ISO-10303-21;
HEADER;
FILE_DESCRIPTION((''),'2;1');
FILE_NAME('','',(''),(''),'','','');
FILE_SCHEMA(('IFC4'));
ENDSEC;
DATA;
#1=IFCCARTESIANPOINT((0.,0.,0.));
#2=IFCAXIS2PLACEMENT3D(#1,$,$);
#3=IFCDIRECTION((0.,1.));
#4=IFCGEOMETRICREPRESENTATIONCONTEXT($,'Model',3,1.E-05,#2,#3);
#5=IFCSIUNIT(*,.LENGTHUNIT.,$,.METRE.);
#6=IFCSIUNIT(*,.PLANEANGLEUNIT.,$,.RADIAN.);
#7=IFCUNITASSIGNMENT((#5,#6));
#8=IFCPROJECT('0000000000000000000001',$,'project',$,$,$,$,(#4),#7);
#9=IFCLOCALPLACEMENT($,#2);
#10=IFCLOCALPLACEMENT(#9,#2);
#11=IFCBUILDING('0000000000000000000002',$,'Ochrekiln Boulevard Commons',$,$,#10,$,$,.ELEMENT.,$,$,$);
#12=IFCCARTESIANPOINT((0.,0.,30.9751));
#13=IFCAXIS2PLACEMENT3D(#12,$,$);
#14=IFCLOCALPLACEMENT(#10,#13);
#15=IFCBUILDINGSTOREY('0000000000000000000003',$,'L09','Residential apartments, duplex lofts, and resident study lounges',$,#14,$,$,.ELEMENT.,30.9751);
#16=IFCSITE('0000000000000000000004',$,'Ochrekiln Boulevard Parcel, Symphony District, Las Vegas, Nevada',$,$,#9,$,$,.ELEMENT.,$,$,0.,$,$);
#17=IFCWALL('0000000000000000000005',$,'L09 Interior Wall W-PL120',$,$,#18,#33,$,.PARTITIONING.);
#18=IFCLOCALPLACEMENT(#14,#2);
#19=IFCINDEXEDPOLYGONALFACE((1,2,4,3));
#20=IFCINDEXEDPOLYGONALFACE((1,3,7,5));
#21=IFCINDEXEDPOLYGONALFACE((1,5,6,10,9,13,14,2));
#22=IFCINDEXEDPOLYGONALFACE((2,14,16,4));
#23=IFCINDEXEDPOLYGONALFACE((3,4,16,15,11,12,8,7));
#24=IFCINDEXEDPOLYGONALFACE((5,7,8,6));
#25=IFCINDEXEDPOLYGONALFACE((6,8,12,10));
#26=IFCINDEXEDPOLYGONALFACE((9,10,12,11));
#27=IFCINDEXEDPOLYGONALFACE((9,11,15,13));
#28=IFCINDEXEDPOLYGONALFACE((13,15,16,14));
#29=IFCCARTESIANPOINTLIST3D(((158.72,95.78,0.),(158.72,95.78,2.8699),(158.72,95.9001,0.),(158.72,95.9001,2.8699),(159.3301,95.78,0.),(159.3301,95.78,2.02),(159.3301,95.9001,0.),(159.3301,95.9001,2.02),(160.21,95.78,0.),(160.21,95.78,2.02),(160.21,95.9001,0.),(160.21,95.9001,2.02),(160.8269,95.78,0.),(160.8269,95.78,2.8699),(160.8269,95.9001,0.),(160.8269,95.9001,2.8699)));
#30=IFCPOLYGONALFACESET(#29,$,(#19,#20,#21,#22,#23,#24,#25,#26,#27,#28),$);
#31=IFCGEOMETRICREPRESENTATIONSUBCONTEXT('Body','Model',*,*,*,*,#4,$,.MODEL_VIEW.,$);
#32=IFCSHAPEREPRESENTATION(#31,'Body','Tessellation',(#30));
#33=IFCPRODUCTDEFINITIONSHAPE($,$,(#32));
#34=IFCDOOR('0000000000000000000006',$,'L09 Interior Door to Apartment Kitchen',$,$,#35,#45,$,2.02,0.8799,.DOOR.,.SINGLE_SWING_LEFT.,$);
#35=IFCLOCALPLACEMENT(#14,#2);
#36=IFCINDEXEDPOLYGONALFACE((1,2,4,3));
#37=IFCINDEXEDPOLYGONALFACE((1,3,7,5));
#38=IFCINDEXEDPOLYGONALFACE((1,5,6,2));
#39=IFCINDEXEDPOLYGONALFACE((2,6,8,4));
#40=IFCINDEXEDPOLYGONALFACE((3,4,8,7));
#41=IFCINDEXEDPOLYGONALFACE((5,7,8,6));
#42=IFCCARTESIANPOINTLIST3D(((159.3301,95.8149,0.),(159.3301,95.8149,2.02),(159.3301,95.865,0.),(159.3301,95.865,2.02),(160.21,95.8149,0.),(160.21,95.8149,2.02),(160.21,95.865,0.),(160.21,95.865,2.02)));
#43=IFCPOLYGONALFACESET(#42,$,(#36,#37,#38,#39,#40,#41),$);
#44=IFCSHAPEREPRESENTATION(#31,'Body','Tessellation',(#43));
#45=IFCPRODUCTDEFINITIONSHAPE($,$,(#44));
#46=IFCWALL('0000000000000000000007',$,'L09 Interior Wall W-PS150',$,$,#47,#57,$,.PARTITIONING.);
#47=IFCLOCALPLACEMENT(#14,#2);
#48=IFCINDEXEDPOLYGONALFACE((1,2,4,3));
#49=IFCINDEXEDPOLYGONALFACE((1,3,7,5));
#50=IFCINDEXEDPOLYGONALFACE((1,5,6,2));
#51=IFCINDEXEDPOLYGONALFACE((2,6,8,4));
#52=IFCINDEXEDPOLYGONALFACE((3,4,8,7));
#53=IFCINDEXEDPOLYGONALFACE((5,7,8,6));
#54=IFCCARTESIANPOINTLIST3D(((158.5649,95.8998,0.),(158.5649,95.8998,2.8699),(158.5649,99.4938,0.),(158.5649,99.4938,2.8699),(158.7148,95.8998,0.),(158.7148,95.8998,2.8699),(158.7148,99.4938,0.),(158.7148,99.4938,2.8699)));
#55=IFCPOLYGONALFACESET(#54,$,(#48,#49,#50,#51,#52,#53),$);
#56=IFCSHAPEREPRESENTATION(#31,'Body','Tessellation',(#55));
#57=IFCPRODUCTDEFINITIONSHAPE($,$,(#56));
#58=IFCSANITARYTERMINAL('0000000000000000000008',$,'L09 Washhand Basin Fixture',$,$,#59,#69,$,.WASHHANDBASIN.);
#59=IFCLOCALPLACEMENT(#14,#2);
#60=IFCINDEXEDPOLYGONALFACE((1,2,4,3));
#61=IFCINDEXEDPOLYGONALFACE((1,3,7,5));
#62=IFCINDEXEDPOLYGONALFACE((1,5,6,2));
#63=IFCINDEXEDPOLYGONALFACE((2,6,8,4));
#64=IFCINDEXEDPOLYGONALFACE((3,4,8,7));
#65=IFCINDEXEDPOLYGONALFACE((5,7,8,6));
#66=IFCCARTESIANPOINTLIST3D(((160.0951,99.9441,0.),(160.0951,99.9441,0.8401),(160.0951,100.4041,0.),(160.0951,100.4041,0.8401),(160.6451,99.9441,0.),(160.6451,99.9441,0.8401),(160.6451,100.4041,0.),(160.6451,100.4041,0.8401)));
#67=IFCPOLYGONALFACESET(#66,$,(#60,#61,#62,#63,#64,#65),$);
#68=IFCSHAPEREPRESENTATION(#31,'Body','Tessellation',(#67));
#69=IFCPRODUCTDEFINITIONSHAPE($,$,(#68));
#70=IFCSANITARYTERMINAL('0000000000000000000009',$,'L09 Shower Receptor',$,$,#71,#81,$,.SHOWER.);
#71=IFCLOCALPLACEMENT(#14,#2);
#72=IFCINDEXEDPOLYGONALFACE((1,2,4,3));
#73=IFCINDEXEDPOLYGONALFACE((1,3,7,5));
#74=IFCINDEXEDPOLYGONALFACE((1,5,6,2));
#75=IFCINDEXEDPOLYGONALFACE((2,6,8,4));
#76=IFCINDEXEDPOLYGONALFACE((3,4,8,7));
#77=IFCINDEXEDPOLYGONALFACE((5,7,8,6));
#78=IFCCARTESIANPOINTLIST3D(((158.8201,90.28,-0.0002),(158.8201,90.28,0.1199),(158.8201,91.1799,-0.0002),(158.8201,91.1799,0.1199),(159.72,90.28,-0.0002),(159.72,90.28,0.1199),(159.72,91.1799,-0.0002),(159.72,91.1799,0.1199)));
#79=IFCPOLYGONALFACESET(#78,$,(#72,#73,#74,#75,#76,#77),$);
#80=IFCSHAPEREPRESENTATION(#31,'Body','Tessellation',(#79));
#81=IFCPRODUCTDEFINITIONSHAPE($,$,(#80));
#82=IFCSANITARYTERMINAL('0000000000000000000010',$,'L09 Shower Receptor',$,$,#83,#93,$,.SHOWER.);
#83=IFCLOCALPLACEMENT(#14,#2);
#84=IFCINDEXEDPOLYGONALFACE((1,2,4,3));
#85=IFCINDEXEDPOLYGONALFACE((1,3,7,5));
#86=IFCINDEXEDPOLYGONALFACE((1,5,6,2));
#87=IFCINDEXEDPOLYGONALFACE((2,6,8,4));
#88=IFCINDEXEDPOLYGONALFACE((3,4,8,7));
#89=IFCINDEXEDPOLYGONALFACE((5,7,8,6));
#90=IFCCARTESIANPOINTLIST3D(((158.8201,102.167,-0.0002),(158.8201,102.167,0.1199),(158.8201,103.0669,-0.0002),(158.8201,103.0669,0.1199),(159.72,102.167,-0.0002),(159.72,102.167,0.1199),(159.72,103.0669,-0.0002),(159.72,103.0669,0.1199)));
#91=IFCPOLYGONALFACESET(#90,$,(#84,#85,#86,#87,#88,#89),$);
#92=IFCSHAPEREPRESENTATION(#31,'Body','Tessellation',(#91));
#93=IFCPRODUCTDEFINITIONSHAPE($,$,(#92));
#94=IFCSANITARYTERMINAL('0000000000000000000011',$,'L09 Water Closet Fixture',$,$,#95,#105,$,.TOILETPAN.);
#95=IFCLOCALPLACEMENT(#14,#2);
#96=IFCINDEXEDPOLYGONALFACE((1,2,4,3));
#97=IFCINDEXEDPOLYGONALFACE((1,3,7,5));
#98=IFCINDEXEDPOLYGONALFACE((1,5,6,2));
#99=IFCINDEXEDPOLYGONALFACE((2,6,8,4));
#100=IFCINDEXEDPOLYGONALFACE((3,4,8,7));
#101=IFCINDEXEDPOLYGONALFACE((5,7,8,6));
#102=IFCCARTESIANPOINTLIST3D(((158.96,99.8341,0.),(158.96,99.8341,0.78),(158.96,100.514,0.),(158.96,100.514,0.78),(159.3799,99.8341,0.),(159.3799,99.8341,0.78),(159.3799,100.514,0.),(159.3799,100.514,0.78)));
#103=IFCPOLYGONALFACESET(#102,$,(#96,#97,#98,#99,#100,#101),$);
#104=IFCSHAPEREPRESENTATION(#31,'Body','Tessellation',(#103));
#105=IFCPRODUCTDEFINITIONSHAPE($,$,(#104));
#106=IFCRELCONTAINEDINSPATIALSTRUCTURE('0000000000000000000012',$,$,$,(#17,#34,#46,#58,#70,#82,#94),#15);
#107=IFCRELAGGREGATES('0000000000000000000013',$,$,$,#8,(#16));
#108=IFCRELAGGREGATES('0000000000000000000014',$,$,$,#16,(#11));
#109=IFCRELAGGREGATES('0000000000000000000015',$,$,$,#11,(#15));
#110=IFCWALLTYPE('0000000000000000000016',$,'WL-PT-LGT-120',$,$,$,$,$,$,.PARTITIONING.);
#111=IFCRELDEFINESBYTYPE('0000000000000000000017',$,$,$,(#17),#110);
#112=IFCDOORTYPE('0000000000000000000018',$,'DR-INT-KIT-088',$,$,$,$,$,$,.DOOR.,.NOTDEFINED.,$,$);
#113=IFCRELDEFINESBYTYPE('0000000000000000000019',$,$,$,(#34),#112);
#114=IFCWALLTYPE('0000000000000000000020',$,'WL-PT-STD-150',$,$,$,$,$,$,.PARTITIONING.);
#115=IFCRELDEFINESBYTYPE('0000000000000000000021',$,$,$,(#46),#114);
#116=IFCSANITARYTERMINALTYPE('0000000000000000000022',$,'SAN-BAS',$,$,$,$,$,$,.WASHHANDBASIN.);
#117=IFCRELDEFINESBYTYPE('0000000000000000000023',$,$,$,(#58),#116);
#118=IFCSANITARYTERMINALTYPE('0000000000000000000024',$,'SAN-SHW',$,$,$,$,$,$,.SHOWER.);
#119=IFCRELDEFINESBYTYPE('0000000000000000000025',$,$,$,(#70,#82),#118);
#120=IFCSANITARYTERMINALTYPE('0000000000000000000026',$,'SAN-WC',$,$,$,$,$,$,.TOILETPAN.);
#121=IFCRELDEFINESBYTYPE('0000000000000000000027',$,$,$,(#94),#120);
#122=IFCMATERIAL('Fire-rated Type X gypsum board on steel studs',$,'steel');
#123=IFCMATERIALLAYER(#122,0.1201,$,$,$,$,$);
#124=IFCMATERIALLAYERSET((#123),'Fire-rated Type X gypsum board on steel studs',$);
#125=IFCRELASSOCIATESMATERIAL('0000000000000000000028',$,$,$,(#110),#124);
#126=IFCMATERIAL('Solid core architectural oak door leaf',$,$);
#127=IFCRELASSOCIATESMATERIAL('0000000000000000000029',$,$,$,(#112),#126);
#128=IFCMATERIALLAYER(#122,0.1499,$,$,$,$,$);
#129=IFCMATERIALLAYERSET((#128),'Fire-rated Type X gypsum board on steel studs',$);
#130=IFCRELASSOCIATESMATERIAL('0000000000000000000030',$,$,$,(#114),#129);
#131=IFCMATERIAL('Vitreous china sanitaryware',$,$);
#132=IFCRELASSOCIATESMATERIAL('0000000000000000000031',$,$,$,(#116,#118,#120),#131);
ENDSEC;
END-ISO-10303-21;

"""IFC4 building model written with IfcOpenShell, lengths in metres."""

from ifc_helpers import new_model, si_unit, direction, frame, frame_2d, origin, origin_2d, place, context, subcontext, project, spatial, rectangle, extrude, material, layer, layer_set, type_object, element, fill, save


model = new_model("IFC4")

# Units and contexts
model_context = context("Model", 3, precision=1e-05, world=origin(), true_north=direction((0.0, 1.0)))
body_context = subcontext(model_context, "Body", "Model", "MODEL_VIEW")
ifc_project = project(units=[si_unit("LENGTHUNIT", "METRE"), si_unit("PLANEANGLEUNIT", "RADIAN")], contexts=[model_context])

# Site, building, storey
site_placement = place(None, origin())
site = spatial("IfcSite", under=ifc_project, at=site_placement, Name="Ochrekiln Boulevard Parcel, Symphony District, Las Vegas, Nevada", CompositionType="ELEMENT", RefElevation=0.0)
building_placement = place(site_placement, origin())
building = spatial("IfcBuilding", under=site, at=building_placement, Name="Ochrekiln Boulevard Commons", CompositionType="ELEMENT")
storey_placement = place(building_placement, frame((0.0, 0.0, 30.9751)))
storey = spatial("IfcBuildingStorey", under=building, at=storey_placement, Name="L09", Description="Residential apartments, duplex lofts, and resident study lounges", CompositionType="ELEMENT", Elevation=30.9751)

# Shared definitions
ifc_material_1 = material(Name="Solid core architectural oak door leaf")

# Shared definitions
ifc_material_2 = material(Name="Fire-rated Type X gypsum board on steel studs", Category="steel")

# Wall, opening, door
ifc_layer_1 = layer(ifc_material_2, 0.1201)
ifc_layer_set_1 = layer_set([ifc_layer_1], Name="Fire-rated Type X gypsum board on steel studs")
wall_type_1 = type_object("IfcWallType", Name="WL-PT-LGT-120", PredefinedType="PARTITIONING", material=ifc_layer_set_1)
wall_1_placement = place(storey_placement, frame((158.72, 95.8401, 0.0), z_axis=(0.0, 0.0, 1.0), x_axis=(1.0, 0.0, 0.0)))
wall_1 = element("IfcWall", 1, at=wall_1_placement, inside=storey, type_object=wall_type_1, Name="L09 Interior Wall W-PL120", PredefinedType="PARTITIONING", context=body_context, shape_type="SweptSolid", body=[
    extrude(rectangle(XDim=2.1069, YDim=0.1201, at=frame_2d((1.0535, 0.0))), origin(), (0.0, 0.0, 1.0), 2.8699),
])
opening_1_placement = place(wall_1_placement, frame((0.6101, 0.0, 0.0)))
opening_1 = element("IfcOpeningElement", 2, at=opening_1_placement, cuts=wall_1, PredefinedType="OPENING", context=body_context, shape_type="SweptSolid", body=[
    extrude(rectangle(XDim=0.8799, YDim=2.02, at=frame_2d((0.4399, 1.01))), frame((0.0, 0.0701, 0.0), z_axis=(0.0, -1.0, 0.0), x_axis=(1.0, 0.0, 0.0)), (0.0, 0.0, 1.0), 0.1401),
])
door_type_1 = type_object("IfcDoorType", Name="DR-INT-KIT-088", OperationType="NOTDEFINED", PredefinedType="DOOR", material=ifc_material_1)
door_1_placement = place(opening_1_placement, origin())
door_1 = element("IfcDoor", 3, at=door_1_placement, inside=storey, type_object=door_type_1, Name="L09 Interior Door to Apartment Kitchen", OperationType="SINGLE_SWING_LEFT", OverallHeight=2.02, OverallWidth=0.8799, PredefinedType="DOOR", context=body_context, shape_type="SweptSolid", body=[
    extrude(rectangle(XDim=0.8799, YDim=2.02, at=frame_2d((0.4399, 1.01))), frame((0.0, 0.0249, 0.0), z_axis=(0.0, -1.0, 0.0), x_axis=(1.0, 0.0, 0.0)), (0.0, 0.0, 1.0), 0.05),
])
fill(opening_1, door_1)

# Wall
ifc_layer_2 = layer(ifc_material_2, 0.1499)
ifc_layer_set_2 = layer_set([ifc_layer_2], Name="Fire-rated Type X gypsum board on steel studs")
wall_type_2 = type_object("IfcWallType", Name="WL-PT-STD-150", PredefinedType="PARTITIONING", material=ifc_layer_set_2)
wall_2_placement = place(storey_placement, frame((158.6399, 95.8999, 0.0), z_axis=(0.0, 0.0, 1.0), x_axis=(0.0, 1.0, 0.0)))
element("IfcWall", 4, at=wall_2_placement, inside=storey, type_object=wall_type_2, Name="L09 Interior Wall W-PS150", PredefinedType="PARTITIONING", context=body_context, shape_type="SweptSolid", body=[
    extrude(rectangle(XDim=3.594, YDim=0.1499, at=frame_2d((1.7969, 0.0))), origin(), (0.0, 0.0, 1.0), 2.8699),
])

# Sanitary terminals
ifc_material_3 = material(Name="Vitreous china sanitaryware")
sanitary_terminal_type_1 = type_object("IfcSanitaryTerminalType", Name="SAN-BAS", PredefinedType="WASHHANDBASIN", material=ifc_material_3)
sanitary_terminal_1_placement = place(storey_placement, frame((160.3701, 100.1741, 0.0), z_axis=(0.0, 0.0, 1.0), x_axis=(1.0, 0.0, 0.0)))
element("IfcSanitaryTerminal", 5, at=sanitary_terminal_1_placement, inside=storey, type_object=sanitary_terminal_type_1, Name="L09 Washhand Basin Fixture", PredefinedType="WASHHANDBASIN", context=body_context, shape_type="SweptSolid", body=[
    extrude(rectangle(XDim=0.55, YDim=0.46, at=origin_2d()), origin(), (0.0, 0.0, 1.0), 0.8401),
])
sanitary_terminal_type_2 = type_object("IfcSanitaryTerminalType", Name="SAN-SHW", PredefinedType="SHOWER", material=ifc_material_3)
for number, where, z_axis, x_axis, name in (
    (6, (159.27, 90.73, -0.0002), (0.0, 0.0, 1.0), (1.0, 0.0, 0.0), "L09 Shower Receptor"),
    (7, (159.27, 102.6169, -0.0002), (0.0, 0.0, 1.0), (1.0, 0.0, 0.0), "L09 Shower Receptor"),
):
    element("IfcSanitaryTerminal", number, at=place(storey_placement, frame(where, z_axis=z_axis, x_axis=x_axis)), inside=storey, type_object=sanitary_terminal_type_2, Name=name, PredefinedType="SHOWER", context=body_context, shape_type="SweptSolid", body=[
        extrude(rectangle(XDim=0.8999, YDim=0.8999, at=origin_2d()), origin(), (0.0, 0.0, 1.0), 0.1201),
    ])
sanitary_terminal_type_3 = type_object("IfcSanitaryTerminalType", Name="SAN-WC", PredefinedType="TOILETPAN", material=ifc_material_3)
sanitary_terminal_2_placement = place(storey_placement, frame((159.1699, 100.1741, 0.0), z_axis=(0.0, 0.0, 1.0), x_axis=(1.0, 0.0, 0.0)))
element("IfcSanitaryTerminal", 8, at=sanitary_terminal_2_placement, inside=storey, type_object=sanitary_terminal_type_3, Name="L09 Water Closet Fixture", PredefinedType="TOILETPAN", context=body_context, shape_type="SweptSolid", body=[
    extrude(rectangle(XDim=0.4199, YDim=0.6799, at=origin_2d()), origin(), (0.0, 0.0, 1.0), 0.78),
])

save(model, "model.ifc")
